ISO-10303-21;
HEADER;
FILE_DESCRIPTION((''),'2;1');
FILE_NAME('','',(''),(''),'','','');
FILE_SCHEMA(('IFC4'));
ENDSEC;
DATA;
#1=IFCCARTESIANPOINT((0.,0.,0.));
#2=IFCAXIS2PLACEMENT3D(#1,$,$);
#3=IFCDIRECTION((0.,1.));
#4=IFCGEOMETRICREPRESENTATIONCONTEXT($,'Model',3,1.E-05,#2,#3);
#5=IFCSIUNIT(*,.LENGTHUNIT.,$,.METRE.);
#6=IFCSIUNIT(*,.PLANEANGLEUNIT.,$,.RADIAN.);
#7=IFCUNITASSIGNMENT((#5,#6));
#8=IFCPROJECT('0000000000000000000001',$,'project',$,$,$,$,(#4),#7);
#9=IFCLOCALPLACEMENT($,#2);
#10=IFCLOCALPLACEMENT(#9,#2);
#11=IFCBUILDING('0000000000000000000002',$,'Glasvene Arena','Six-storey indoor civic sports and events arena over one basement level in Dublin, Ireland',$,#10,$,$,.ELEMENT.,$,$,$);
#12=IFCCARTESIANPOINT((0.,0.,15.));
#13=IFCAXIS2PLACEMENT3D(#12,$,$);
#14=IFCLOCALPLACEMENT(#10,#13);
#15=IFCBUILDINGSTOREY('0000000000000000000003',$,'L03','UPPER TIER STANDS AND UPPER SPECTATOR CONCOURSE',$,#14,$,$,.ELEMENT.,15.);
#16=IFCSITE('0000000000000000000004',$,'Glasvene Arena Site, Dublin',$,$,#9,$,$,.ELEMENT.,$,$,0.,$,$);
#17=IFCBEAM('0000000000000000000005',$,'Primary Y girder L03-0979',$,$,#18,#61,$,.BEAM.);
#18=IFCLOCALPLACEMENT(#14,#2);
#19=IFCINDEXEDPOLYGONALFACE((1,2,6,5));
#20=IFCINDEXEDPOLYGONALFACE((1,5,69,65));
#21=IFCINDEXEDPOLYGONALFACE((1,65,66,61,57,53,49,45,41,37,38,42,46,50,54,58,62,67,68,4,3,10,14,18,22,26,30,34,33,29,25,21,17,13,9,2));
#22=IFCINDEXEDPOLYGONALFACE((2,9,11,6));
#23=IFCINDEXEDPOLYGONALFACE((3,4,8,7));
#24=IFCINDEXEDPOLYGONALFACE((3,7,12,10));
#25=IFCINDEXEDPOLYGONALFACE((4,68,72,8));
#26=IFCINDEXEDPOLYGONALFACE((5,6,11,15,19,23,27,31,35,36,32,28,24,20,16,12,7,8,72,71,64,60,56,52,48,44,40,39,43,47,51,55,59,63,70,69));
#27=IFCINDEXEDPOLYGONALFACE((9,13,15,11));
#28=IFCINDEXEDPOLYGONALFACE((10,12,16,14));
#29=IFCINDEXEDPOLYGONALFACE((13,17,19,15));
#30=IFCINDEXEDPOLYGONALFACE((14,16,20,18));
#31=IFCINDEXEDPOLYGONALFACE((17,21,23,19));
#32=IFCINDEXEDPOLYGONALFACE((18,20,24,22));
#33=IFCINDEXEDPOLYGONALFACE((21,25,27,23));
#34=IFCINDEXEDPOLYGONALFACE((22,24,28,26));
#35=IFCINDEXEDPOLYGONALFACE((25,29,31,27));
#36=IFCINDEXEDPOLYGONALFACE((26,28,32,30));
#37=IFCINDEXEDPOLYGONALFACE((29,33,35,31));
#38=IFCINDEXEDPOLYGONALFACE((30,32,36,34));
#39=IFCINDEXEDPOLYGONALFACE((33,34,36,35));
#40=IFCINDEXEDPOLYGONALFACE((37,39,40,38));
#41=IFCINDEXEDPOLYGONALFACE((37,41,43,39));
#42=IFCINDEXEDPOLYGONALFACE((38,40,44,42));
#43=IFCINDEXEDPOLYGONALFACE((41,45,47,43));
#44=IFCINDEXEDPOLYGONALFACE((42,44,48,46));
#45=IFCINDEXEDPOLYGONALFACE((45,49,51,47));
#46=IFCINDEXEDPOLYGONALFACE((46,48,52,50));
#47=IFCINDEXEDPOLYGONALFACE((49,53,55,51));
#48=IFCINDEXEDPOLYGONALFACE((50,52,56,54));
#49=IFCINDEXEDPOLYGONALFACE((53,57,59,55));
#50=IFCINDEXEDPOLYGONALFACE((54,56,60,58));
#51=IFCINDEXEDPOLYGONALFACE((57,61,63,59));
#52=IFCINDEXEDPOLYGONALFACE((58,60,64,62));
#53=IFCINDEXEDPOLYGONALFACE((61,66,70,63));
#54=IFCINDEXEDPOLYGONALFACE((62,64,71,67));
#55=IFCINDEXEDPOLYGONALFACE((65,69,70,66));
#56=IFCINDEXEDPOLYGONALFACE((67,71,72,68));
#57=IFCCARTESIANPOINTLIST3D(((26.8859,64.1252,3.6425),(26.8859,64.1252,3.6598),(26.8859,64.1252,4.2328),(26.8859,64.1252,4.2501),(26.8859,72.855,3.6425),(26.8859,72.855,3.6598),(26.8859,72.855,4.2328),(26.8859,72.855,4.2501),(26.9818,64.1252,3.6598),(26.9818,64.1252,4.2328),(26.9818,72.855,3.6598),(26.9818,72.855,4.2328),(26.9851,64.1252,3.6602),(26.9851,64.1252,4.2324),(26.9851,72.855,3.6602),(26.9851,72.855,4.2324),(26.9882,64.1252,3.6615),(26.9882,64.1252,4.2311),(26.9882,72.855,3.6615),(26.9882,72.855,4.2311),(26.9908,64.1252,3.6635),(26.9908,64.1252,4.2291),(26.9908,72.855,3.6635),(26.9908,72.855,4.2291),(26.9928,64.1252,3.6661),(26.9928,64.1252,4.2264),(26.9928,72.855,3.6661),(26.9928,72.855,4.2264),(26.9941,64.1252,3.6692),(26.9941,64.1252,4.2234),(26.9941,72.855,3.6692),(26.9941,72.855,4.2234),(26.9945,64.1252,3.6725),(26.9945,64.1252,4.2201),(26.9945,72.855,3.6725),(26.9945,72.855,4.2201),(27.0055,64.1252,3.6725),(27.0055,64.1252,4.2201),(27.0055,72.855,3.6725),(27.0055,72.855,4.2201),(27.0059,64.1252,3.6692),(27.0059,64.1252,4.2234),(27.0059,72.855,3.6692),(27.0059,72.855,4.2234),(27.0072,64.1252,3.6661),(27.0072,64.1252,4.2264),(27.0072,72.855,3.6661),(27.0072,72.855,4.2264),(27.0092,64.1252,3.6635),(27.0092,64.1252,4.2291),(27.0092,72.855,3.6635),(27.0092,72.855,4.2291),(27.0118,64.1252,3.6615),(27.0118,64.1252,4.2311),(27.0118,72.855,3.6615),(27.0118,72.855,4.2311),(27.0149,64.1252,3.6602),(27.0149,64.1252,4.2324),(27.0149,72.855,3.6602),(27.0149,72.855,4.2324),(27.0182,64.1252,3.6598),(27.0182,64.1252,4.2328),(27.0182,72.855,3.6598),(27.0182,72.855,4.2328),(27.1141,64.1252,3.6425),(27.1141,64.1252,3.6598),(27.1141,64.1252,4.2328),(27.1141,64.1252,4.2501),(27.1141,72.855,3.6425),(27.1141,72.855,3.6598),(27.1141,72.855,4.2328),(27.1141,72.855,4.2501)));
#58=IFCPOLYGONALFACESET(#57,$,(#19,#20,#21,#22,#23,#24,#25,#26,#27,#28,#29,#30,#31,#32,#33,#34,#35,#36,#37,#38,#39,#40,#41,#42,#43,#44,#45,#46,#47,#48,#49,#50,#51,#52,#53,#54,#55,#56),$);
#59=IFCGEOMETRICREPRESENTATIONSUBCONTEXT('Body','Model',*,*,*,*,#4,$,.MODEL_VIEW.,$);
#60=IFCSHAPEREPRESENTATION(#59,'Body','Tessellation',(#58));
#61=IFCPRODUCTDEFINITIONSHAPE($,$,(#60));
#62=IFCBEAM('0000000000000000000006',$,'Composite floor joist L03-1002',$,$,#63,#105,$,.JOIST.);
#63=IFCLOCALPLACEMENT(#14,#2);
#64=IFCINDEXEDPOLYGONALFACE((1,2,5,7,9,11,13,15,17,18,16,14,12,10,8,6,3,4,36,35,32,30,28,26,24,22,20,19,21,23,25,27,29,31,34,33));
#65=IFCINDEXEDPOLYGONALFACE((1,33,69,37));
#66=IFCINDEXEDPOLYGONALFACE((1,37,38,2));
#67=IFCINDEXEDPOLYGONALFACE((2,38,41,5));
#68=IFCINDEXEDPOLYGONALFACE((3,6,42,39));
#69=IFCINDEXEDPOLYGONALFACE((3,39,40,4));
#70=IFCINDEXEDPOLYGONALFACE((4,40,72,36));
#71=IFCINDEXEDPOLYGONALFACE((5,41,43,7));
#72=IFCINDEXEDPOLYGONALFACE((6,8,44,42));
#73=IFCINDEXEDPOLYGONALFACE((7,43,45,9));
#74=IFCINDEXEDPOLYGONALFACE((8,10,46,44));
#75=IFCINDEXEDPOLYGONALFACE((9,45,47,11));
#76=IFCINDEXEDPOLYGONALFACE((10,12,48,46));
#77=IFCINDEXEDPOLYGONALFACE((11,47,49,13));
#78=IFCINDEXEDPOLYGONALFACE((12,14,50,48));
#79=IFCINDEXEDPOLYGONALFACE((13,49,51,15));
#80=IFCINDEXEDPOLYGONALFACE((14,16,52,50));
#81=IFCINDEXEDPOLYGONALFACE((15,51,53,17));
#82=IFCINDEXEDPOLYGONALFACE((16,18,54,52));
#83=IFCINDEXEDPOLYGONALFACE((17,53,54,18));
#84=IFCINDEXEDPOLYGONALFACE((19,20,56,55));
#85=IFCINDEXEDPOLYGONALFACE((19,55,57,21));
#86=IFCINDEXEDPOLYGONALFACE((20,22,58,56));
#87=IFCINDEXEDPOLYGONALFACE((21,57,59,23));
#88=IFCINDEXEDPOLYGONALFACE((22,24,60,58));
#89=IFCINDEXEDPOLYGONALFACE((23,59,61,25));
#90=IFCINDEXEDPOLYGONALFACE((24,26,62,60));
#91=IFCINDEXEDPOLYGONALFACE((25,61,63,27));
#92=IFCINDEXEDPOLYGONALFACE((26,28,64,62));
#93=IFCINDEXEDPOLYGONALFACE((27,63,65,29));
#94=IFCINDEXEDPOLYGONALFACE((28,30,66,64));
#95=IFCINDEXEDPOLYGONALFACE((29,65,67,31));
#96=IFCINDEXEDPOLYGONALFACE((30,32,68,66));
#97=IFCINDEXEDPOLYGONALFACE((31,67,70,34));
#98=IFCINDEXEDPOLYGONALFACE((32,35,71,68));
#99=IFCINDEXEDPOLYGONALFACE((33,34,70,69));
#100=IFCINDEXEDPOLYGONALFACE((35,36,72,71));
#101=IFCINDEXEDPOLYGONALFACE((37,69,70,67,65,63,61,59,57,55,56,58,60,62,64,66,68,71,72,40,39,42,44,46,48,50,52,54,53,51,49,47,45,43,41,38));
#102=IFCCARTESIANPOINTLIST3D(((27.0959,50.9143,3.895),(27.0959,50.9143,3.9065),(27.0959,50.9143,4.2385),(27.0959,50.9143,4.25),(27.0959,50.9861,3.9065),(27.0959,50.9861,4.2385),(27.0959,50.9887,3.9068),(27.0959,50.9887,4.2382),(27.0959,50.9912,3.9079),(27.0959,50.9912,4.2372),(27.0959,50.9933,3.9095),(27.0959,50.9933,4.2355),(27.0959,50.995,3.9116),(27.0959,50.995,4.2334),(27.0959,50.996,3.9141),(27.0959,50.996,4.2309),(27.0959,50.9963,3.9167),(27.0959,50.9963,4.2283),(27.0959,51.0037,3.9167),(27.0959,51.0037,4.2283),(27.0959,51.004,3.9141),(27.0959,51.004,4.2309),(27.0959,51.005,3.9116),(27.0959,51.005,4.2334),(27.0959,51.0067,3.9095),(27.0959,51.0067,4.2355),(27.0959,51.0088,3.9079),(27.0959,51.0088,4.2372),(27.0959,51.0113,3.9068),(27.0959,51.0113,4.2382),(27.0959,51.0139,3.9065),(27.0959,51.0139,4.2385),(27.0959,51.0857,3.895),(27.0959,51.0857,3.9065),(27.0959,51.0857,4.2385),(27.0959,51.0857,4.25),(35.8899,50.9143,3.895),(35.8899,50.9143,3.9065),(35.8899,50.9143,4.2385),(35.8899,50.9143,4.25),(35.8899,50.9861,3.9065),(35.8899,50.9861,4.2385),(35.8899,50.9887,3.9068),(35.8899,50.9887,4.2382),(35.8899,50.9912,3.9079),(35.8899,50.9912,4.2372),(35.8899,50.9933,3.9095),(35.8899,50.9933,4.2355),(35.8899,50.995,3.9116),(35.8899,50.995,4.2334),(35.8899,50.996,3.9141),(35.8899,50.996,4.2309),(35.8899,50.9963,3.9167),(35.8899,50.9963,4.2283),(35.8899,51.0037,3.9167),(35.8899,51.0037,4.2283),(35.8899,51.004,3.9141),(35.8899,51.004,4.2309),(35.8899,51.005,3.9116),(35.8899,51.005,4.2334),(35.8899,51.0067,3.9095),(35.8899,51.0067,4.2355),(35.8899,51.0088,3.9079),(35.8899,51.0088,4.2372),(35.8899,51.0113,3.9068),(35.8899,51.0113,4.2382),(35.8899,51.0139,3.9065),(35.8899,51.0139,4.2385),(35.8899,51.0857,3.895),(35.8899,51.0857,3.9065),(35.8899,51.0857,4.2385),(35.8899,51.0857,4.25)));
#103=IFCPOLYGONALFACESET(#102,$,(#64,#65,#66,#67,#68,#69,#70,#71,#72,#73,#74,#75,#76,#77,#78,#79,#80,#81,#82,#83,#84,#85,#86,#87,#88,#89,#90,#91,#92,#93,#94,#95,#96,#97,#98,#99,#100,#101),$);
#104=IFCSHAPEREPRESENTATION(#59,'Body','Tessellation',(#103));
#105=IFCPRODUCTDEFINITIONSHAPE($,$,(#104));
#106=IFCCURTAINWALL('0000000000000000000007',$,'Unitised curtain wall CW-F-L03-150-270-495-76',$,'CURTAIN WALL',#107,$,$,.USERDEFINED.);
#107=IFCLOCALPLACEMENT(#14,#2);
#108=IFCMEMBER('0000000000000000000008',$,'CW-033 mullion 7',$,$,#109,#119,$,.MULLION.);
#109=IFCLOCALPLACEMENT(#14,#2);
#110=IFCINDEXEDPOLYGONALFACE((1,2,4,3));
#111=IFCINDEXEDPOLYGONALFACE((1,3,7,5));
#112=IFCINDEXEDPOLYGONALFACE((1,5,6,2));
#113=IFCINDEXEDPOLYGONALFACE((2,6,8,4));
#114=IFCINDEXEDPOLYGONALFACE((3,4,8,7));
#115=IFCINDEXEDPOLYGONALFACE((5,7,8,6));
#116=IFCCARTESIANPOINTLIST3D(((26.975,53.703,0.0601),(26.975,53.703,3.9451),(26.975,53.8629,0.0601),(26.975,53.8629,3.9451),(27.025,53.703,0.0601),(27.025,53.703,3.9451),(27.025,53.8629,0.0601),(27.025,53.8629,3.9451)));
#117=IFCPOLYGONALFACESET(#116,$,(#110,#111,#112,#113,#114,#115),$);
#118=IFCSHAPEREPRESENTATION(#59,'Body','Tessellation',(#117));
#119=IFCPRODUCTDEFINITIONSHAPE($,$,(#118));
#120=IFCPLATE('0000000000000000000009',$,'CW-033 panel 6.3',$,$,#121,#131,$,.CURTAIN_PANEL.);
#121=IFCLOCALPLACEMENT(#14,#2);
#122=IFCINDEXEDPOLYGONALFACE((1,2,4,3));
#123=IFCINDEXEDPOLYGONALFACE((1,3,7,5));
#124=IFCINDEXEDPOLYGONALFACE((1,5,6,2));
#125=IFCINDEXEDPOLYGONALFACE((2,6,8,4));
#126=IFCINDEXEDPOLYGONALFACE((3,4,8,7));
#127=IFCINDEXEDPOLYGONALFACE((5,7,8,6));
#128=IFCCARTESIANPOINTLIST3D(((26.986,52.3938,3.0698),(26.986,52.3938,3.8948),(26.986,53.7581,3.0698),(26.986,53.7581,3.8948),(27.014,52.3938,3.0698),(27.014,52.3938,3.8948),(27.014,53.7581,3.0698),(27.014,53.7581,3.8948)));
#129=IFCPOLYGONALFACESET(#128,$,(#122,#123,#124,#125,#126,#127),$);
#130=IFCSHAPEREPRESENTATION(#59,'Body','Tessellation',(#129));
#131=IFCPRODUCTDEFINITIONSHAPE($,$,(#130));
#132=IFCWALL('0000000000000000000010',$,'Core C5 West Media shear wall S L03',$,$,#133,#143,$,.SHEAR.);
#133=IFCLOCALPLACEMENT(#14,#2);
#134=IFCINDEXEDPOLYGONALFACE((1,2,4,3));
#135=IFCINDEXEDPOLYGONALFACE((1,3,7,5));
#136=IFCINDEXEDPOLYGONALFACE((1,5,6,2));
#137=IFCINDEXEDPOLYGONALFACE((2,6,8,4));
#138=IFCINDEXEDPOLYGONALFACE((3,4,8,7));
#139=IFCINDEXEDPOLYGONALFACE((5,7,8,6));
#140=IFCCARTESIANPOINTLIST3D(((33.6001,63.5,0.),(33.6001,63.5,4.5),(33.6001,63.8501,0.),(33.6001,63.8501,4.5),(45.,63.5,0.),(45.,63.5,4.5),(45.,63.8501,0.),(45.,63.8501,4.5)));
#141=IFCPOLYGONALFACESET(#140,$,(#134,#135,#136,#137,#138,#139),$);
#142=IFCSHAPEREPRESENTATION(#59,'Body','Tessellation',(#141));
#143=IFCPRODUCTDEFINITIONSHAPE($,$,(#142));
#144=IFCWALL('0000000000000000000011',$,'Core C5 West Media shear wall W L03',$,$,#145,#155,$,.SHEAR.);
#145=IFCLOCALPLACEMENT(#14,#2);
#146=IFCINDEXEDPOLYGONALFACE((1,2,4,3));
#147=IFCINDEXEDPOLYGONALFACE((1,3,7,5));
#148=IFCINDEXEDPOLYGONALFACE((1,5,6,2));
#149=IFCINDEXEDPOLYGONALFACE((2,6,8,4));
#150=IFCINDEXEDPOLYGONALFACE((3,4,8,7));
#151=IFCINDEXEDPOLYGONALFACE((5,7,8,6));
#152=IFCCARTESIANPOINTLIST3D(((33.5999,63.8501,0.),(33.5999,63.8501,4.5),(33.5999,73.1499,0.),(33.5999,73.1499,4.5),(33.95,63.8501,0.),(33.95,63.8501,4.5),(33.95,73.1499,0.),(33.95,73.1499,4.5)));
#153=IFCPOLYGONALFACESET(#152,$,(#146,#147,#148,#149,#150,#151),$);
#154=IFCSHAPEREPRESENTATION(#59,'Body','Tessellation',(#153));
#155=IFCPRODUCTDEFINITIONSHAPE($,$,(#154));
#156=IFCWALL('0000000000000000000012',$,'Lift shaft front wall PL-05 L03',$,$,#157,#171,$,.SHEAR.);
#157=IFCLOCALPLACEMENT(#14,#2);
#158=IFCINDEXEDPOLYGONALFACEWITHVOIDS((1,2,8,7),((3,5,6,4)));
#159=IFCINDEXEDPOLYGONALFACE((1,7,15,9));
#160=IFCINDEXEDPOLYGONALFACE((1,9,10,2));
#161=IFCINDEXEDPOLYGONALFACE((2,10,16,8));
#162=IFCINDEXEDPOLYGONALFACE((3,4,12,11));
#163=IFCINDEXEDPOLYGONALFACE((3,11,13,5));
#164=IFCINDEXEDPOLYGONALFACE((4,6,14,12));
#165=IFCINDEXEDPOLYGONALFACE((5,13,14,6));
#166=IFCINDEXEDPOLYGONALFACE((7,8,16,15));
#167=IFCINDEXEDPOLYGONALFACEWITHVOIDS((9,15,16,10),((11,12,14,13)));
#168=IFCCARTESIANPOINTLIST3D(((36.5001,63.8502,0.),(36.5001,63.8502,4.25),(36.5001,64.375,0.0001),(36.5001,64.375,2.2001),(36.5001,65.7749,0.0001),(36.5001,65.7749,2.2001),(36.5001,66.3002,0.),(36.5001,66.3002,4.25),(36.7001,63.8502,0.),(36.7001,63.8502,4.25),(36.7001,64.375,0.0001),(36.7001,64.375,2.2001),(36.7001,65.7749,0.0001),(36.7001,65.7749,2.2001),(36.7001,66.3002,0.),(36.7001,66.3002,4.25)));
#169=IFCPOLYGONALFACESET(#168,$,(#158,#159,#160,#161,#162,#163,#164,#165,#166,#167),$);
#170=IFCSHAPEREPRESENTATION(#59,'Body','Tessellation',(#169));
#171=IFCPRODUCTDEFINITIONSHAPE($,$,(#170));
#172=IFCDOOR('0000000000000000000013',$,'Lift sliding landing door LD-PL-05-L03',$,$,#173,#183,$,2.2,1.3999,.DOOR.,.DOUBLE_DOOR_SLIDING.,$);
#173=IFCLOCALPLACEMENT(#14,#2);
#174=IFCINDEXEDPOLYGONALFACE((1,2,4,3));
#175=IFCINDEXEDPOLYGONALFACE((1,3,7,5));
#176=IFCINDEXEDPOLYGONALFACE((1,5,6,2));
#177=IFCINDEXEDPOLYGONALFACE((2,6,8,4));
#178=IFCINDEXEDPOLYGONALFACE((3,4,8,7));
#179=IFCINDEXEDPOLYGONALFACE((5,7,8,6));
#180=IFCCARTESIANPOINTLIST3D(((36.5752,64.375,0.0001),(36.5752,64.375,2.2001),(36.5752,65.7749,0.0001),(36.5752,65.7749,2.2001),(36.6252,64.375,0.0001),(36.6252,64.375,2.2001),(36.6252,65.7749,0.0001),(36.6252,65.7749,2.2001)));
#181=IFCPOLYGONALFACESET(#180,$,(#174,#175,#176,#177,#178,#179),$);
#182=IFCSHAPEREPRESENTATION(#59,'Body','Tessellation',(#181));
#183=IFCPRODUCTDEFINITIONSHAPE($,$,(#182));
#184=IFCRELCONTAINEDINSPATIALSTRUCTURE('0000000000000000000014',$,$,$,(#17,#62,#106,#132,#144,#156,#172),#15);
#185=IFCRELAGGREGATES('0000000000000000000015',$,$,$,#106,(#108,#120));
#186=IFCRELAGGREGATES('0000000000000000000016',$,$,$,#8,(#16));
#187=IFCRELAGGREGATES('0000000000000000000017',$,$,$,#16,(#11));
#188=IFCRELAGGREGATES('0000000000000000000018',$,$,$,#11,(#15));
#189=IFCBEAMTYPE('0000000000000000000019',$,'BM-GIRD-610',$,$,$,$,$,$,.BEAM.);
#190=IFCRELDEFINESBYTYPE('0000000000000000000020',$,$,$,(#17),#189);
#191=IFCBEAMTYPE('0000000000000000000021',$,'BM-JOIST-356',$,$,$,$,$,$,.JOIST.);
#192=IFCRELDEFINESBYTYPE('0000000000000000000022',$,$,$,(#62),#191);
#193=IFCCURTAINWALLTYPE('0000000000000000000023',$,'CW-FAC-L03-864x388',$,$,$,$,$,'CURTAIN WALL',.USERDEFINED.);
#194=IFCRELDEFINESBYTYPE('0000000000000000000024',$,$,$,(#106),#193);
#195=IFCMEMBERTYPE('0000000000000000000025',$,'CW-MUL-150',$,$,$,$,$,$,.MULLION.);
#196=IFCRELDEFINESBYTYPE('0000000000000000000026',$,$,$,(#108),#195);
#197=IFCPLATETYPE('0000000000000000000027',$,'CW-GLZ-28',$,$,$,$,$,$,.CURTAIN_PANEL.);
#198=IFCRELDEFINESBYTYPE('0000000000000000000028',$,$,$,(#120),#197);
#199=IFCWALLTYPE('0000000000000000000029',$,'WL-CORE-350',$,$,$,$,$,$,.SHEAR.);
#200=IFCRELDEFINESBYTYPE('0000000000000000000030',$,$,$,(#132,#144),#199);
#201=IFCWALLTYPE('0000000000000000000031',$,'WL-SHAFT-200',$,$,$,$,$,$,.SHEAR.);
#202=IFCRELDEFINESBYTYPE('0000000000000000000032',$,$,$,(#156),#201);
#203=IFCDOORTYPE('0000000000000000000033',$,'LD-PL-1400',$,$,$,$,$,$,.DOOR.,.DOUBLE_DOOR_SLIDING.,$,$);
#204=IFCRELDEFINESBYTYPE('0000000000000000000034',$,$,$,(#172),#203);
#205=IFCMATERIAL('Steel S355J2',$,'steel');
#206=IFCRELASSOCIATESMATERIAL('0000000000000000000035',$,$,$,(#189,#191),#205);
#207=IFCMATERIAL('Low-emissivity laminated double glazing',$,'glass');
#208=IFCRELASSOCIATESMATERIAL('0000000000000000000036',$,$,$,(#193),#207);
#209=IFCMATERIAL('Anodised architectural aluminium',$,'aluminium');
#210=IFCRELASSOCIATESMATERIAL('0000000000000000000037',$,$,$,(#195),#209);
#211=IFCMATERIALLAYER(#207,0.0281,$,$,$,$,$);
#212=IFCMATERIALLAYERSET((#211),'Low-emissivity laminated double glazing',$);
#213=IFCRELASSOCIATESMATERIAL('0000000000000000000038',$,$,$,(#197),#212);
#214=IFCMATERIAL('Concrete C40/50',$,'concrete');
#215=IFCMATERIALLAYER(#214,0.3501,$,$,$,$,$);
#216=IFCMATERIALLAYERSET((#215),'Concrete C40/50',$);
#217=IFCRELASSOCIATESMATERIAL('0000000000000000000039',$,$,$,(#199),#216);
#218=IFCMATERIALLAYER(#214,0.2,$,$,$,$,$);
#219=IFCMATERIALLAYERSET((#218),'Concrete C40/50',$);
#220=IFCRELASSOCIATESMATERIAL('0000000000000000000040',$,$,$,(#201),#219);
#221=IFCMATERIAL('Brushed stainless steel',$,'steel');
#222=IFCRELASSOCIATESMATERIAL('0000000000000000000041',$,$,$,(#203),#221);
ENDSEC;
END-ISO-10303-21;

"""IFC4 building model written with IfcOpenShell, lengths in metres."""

from ifc_helpers import new_model, si_unit, direction, frame, frame_2d, origin, origin_2d, place, context, subcontext, project, spatial, rectangle, i_section, extrude, material, layer, layer_set, material_profile, profile_set, type_object, element, fill, aggregate, save


model = new_model("IFC4")

# Units and contexts
model_context = context("Model", 3, precision=1e-05, world=origin(), true_north=direction((0.0, 1.0)))
body_context = subcontext(model_context, "Body", "Model", "MODEL_VIEW")
ifc_project = project(units=[si_unit("LENGTHUNIT", "METRE"), si_unit("PLANEANGLEUNIT", "RADIAN")], contexts=[model_context])

# Site, building, storey
site_placement = place(None, origin())
site = spatial("IfcSite", under=ifc_project, at=site_placement, Name="Glasvene Arena Site, Dublin", CompositionType="ELEMENT", RefElevation=0.0)
building_placement = place(site_placement, origin())
building = spatial("IfcBuilding", under=site, at=building_placement, Name="Glasvene Arena", Description="Six-storey indoor civic sports and events arena over one basement level in Dublin, Ireland", CompositionType="ELEMENT")
storey_placement = place(building_placement, frame((0.0, 0.0, 15.0)))
storey = spatial("IfcBuildingStorey", under=building, at=storey_placement, Name="L03", Description="UPPER TIER STANDS AND UPPER SPECTATOR CONCOURSE", CompositionType="ELEMENT", Elevation=15.0)

# Shared definitions
ifc_material_1 = material(Name="Steel S355J2", Category="steel")

# Beams
ifc_material_profile_1 = material_profile(ifc_material_1, i_section(OverallWidth=0.2283, OverallDepth=0.6077, WebThickness=0.011, FlangeThickness=0.0173, FilletRadius=0.0127, at=origin_2d()), Name="UKB 610x229x113")
ifc_profile_set_1 = profile_set([ifc_material_profile_1], Name="Steel S355J2")
beam_type_1 = type_object("IfcBeamType", Name="BM-GIRD-610", PredefinedType="BEAM", material=ifc_profile_set_1)
beam_1_placement = place(storey_placement, frame((27.0, 64.1252, 3.9463), z_axis=(0.0, 1.0, 0.0), x_axis=(-1.0, 0.0, 0.0)))
element("IfcBeam", 1, at=beam_1_placement, inside=storey, type_object=beam_type_1, Name="Primary Y girder L03-0979", PredefinedType="BEAM", context=body_context, shape_type="SweptSolid", body=[
    extrude(i_section(OverallWidth=0.2283, OverallDepth=0.6077, WebThickness=0.011, FlangeThickness=0.0173, FilletRadius=0.0127, at=origin_2d()), origin(), (0.0, 0.0, 1.0), 8.7297),
])
ifc_material_profile_2 = material_profile(ifc_material_1, i_section(OverallWidth=0.1714, OverallDepth=0.355, WebThickness=0.0073, FlangeThickness=0.0115, FilletRadius=0.0103, at=origin_2d()), Name="UKB 356x171x51")
ifc_profile_set_2 = profile_set([ifc_material_profile_2], Name="Steel S355J2")
beam_type_2 = type_object("IfcBeamType", Name="BM-JOIST-356", PredefinedType="JOIST", material=ifc_profile_set_2)
beam_2_placement = place(storey_placement, frame((27.0959, 51.0, 4.0725), z_axis=(1.0, 0.0, 0.0), x_axis=(0.0, 1.0, 0.0)))
element("IfcBeam", 2, at=beam_2_placement, inside=storey, type_object=beam_type_2, Name="Composite floor joist L03-1002", PredefinedType="JOIST", context=body_context, shape_type="SweptSolid", body=[
    extrude(i_section(OverallWidth=0.1714, OverallDepth=0.355, WebThickness=0.0073, FlangeThickness=0.0115, FilletRadius=0.0103, at=origin_2d()), origin(), (0.0, 0.0, 1.0), 8.7939),
])

# Curtain wall, member, plate
ifc_material_2 = material(Name="Low-emissivity laminated double glazing", Category="glass")
curtain_wall_type = type_object("IfcCurtainWallType", Name="CW-FAC-L03-864x388", ElementType="CURTAIN WALL", PredefinedType="USERDEFINED", material=ifc_material_2)
curtain_wall_placement = place(storey_placement, frame((27.0, 45.1721, 0.0)))
curtain_wall = element("IfcCurtainWall", 3, at=curtain_wall_placement, inside=storey, type_object=curtain_wall_type, Name="Unitised curtain wall CW-F-L03-150-270-495-76", ObjectType="CURTAIN WALL", PredefinedType="USERDEFINED")
ifc_material_3 = material(Name="Anodised architectural aluminium", Category="aluminium")
ifc_material_profile_3 = material_profile(ifc_material_3, rectangle(XDim=0.05, YDim=0.1599, at=origin_2d()), Name="ALU MULLION 50x160")
ifc_profile_set_3 = profile_set([ifc_material_profile_3], Name="Anodised architectural aluminium")
member_type = type_object("IfcMemberType", Name="CW-MUL-150", PredefinedType="MULLION", material=ifc_profile_set_3)
member_placement = place(storey_placement, frame((27.0, 53.783, 0.0601), z_axis=(0.0, 0.0, 1.0), x_axis=(-1.0, 0.0, 0.0)))
member = element("IfcMember", 4, at=member_placement, type_object=member_type, Name="CW-033 mullion 7", PredefinedType="MULLION", context=body_context, shape_type="SweptSolid", body=[
    extrude(rectangle(XDim=0.05, YDim=0.1599, at=origin_2d()), origin(), (0.0, 0.0, 1.0), 3.885),
])
ifc_layer_1 = layer(ifc_material_2, 0.0281)
ifc_layer_set_1 = layer_set([ifc_layer_1], Name="Low-emissivity laminated double glazing")
plate_type = type_object("IfcPlateType", Name="CW-GLZ-28", PredefinedType="CURTAIN_PANEL", material=ifc_layer_set_1)
plate_placement = place(storey_placement, frame((27.0, 53.0759, 3.0698), z_axis=(0.0, 0.0, 1.0), x_axis=(0.0, 1.0, 0.0)))
plate = element("IfcPlate", 5, at=plate_placement, type_object=plate_type, Name="CW-033 panel 6.3", PredefinedType="CURTAIN_PANEL", context=body_context, shape_type="SweptSolid", body=[
    extrude(rectangle(XDim=1.3643, YDim=0.0281, at=origin_2d()), origin(), (0.0, 0.0, 1.0), 0.825),
])
aggregate(curtain_wall, [member, plate])

# Walls
ifc_material_4 = material(Name="Concrete C40/50", Category="concrete")
ifc_layer_2 = layer(ifc_material_4, 0.3501)
ifc_layer_set_2 = layer_set([ifc_layer_2], Name="Concrete C40/50")
wall_type_1 = type_object("IfcWallType", Name="WL-CORE-350", PredefinedType="SHEAR", material=ifc_layer_set_2)
wall_1_placement = place(storey_placement, frame((33.6001, 63.675, 0.0), z_axis=(0.0, 0.0, 1.0), x_axis=(1.0, 0.0, 0.0)))
element("IfcWall", 6, at=wall_1_placement, inside=storey, type_object=wall_type_1, Name="Core C5 West Media shear wall S L03", PredefinedType="SHEAR", context=body_context, shape_type="SweptSolid", body=[
    extrude(rectangle(XDim=11.3999, YDim=0.3501, at=frame_2d((5.7, 0.0))), origin(), (0.0, 0.0, 1.0), 4.5),
])
wall_2_placement = place(storey_placement, frame((33.7749, 63.8501, 0.0), z_axis=(0.0, 0.0, 1.0), x_axis=(0.0, 1.0, 0.0)))
element("IfcWall", 7, at=wall_2_placement, inside=storey, type_object=wall_type_1, Name="Core C5 West Media shear wall W L03", PredefinedType="SHEAR", context=body_context, shape_type="SweptSolid", body=[
    extrude(rectangle(XDim=9.2998, YDim=0.3501, at=frame_2d((4.6499, 0.0))), origin(), (0.0, 0.0, 1.0), 4.5),
])

# Wall, opening, door
ifc_layer_3 = layer(ifc_material_4, 0.2)
ifc_layer_set_3 = layer_set([ifc_layer_3], Name="Concrete C40/50")
wall_type_2 = type_object("IfcWallType", Name="WL-SHAFT-200", PredefinedType="SHEAR", material=ifc_layer_set_3)
wall_3_placement = place(storey_placement, frame((36.6001, 63.8501, 0.0), z_axis=(0.0, 0.0, 1.0), x_axis=(0.0, 1.0, 0.0)))
wall_3 = element("IfcWall", 8, at=wall_3_placement, inside=storey, type_object=wall_type_2, Name="Lift shaft front wall PL-05 L03", PredefinedType="SHEAR", context=body_context, shape_type="SweptSolid", body=[
    extrude(rectangle(XDim=2.45, YDim=0.2, at=frame_2d((1.2251, 0.0))), origin(), (0.0, 0.0, 1.0), 4.25),
])
opening_1_placement = place(wall_3_placement, frame((0.5249, 0.0, 0.0)))
opening_1 = element("IfcOpeningElement", 9, at=opening_1_placement, cuts=wall_3, PredefinedType="OPENING", context=body_context, shape_type="SweptSolid", body=[
    extrude(rectangle(XDim=1.3999, YDim=2.2, at=frame_2d((0.7, 1.1001))), frame((0.0, 0.1099, 0.0), z_axis=(0.0, -1.0, 0.0), x_axis=(1.0, 0.0, 0.0)), (0.0, 0.0, 1.0), 0.22),
])
ifc_material_5 = material(Name="Brushed stainless steel", Category="steel")
door_type = type_object("IfcDoorType", Name="LD-PL-1400", OperationType="DOUBLE_DOOR_SLIDING", PredefinedType="DOOR", material=ifc_material_5)
door_1_placement = place(opening_1_placement, origin())
door_1 = element("IfcDoor", 10, at=door_1_placement, inside=storey, type_object=door_type, Name="Lift sliding landing door LD-PL-05-L03", OperationType="DOUBLE_DOOR_SLIDING", OverallHeight=2.2, OverallWidth=1.3999, PredefinedType="DOOR", context=body_context, shape_type="SweptSolid", body=[
    extrude(rectangle(XDim=1.3999, YDim=2.2, at=frame_2d((0.7, 1.1001))), frame((0.0, 0.0249, 0.0), z_axis=(0.0, -1.0, 0.0), x_axis=(1.0, 0.0, 0.0)), (0.0, 0.0, 1.0), 0.05),
])
fill(opening_1, door_1)

save(model, "model.ifc")
